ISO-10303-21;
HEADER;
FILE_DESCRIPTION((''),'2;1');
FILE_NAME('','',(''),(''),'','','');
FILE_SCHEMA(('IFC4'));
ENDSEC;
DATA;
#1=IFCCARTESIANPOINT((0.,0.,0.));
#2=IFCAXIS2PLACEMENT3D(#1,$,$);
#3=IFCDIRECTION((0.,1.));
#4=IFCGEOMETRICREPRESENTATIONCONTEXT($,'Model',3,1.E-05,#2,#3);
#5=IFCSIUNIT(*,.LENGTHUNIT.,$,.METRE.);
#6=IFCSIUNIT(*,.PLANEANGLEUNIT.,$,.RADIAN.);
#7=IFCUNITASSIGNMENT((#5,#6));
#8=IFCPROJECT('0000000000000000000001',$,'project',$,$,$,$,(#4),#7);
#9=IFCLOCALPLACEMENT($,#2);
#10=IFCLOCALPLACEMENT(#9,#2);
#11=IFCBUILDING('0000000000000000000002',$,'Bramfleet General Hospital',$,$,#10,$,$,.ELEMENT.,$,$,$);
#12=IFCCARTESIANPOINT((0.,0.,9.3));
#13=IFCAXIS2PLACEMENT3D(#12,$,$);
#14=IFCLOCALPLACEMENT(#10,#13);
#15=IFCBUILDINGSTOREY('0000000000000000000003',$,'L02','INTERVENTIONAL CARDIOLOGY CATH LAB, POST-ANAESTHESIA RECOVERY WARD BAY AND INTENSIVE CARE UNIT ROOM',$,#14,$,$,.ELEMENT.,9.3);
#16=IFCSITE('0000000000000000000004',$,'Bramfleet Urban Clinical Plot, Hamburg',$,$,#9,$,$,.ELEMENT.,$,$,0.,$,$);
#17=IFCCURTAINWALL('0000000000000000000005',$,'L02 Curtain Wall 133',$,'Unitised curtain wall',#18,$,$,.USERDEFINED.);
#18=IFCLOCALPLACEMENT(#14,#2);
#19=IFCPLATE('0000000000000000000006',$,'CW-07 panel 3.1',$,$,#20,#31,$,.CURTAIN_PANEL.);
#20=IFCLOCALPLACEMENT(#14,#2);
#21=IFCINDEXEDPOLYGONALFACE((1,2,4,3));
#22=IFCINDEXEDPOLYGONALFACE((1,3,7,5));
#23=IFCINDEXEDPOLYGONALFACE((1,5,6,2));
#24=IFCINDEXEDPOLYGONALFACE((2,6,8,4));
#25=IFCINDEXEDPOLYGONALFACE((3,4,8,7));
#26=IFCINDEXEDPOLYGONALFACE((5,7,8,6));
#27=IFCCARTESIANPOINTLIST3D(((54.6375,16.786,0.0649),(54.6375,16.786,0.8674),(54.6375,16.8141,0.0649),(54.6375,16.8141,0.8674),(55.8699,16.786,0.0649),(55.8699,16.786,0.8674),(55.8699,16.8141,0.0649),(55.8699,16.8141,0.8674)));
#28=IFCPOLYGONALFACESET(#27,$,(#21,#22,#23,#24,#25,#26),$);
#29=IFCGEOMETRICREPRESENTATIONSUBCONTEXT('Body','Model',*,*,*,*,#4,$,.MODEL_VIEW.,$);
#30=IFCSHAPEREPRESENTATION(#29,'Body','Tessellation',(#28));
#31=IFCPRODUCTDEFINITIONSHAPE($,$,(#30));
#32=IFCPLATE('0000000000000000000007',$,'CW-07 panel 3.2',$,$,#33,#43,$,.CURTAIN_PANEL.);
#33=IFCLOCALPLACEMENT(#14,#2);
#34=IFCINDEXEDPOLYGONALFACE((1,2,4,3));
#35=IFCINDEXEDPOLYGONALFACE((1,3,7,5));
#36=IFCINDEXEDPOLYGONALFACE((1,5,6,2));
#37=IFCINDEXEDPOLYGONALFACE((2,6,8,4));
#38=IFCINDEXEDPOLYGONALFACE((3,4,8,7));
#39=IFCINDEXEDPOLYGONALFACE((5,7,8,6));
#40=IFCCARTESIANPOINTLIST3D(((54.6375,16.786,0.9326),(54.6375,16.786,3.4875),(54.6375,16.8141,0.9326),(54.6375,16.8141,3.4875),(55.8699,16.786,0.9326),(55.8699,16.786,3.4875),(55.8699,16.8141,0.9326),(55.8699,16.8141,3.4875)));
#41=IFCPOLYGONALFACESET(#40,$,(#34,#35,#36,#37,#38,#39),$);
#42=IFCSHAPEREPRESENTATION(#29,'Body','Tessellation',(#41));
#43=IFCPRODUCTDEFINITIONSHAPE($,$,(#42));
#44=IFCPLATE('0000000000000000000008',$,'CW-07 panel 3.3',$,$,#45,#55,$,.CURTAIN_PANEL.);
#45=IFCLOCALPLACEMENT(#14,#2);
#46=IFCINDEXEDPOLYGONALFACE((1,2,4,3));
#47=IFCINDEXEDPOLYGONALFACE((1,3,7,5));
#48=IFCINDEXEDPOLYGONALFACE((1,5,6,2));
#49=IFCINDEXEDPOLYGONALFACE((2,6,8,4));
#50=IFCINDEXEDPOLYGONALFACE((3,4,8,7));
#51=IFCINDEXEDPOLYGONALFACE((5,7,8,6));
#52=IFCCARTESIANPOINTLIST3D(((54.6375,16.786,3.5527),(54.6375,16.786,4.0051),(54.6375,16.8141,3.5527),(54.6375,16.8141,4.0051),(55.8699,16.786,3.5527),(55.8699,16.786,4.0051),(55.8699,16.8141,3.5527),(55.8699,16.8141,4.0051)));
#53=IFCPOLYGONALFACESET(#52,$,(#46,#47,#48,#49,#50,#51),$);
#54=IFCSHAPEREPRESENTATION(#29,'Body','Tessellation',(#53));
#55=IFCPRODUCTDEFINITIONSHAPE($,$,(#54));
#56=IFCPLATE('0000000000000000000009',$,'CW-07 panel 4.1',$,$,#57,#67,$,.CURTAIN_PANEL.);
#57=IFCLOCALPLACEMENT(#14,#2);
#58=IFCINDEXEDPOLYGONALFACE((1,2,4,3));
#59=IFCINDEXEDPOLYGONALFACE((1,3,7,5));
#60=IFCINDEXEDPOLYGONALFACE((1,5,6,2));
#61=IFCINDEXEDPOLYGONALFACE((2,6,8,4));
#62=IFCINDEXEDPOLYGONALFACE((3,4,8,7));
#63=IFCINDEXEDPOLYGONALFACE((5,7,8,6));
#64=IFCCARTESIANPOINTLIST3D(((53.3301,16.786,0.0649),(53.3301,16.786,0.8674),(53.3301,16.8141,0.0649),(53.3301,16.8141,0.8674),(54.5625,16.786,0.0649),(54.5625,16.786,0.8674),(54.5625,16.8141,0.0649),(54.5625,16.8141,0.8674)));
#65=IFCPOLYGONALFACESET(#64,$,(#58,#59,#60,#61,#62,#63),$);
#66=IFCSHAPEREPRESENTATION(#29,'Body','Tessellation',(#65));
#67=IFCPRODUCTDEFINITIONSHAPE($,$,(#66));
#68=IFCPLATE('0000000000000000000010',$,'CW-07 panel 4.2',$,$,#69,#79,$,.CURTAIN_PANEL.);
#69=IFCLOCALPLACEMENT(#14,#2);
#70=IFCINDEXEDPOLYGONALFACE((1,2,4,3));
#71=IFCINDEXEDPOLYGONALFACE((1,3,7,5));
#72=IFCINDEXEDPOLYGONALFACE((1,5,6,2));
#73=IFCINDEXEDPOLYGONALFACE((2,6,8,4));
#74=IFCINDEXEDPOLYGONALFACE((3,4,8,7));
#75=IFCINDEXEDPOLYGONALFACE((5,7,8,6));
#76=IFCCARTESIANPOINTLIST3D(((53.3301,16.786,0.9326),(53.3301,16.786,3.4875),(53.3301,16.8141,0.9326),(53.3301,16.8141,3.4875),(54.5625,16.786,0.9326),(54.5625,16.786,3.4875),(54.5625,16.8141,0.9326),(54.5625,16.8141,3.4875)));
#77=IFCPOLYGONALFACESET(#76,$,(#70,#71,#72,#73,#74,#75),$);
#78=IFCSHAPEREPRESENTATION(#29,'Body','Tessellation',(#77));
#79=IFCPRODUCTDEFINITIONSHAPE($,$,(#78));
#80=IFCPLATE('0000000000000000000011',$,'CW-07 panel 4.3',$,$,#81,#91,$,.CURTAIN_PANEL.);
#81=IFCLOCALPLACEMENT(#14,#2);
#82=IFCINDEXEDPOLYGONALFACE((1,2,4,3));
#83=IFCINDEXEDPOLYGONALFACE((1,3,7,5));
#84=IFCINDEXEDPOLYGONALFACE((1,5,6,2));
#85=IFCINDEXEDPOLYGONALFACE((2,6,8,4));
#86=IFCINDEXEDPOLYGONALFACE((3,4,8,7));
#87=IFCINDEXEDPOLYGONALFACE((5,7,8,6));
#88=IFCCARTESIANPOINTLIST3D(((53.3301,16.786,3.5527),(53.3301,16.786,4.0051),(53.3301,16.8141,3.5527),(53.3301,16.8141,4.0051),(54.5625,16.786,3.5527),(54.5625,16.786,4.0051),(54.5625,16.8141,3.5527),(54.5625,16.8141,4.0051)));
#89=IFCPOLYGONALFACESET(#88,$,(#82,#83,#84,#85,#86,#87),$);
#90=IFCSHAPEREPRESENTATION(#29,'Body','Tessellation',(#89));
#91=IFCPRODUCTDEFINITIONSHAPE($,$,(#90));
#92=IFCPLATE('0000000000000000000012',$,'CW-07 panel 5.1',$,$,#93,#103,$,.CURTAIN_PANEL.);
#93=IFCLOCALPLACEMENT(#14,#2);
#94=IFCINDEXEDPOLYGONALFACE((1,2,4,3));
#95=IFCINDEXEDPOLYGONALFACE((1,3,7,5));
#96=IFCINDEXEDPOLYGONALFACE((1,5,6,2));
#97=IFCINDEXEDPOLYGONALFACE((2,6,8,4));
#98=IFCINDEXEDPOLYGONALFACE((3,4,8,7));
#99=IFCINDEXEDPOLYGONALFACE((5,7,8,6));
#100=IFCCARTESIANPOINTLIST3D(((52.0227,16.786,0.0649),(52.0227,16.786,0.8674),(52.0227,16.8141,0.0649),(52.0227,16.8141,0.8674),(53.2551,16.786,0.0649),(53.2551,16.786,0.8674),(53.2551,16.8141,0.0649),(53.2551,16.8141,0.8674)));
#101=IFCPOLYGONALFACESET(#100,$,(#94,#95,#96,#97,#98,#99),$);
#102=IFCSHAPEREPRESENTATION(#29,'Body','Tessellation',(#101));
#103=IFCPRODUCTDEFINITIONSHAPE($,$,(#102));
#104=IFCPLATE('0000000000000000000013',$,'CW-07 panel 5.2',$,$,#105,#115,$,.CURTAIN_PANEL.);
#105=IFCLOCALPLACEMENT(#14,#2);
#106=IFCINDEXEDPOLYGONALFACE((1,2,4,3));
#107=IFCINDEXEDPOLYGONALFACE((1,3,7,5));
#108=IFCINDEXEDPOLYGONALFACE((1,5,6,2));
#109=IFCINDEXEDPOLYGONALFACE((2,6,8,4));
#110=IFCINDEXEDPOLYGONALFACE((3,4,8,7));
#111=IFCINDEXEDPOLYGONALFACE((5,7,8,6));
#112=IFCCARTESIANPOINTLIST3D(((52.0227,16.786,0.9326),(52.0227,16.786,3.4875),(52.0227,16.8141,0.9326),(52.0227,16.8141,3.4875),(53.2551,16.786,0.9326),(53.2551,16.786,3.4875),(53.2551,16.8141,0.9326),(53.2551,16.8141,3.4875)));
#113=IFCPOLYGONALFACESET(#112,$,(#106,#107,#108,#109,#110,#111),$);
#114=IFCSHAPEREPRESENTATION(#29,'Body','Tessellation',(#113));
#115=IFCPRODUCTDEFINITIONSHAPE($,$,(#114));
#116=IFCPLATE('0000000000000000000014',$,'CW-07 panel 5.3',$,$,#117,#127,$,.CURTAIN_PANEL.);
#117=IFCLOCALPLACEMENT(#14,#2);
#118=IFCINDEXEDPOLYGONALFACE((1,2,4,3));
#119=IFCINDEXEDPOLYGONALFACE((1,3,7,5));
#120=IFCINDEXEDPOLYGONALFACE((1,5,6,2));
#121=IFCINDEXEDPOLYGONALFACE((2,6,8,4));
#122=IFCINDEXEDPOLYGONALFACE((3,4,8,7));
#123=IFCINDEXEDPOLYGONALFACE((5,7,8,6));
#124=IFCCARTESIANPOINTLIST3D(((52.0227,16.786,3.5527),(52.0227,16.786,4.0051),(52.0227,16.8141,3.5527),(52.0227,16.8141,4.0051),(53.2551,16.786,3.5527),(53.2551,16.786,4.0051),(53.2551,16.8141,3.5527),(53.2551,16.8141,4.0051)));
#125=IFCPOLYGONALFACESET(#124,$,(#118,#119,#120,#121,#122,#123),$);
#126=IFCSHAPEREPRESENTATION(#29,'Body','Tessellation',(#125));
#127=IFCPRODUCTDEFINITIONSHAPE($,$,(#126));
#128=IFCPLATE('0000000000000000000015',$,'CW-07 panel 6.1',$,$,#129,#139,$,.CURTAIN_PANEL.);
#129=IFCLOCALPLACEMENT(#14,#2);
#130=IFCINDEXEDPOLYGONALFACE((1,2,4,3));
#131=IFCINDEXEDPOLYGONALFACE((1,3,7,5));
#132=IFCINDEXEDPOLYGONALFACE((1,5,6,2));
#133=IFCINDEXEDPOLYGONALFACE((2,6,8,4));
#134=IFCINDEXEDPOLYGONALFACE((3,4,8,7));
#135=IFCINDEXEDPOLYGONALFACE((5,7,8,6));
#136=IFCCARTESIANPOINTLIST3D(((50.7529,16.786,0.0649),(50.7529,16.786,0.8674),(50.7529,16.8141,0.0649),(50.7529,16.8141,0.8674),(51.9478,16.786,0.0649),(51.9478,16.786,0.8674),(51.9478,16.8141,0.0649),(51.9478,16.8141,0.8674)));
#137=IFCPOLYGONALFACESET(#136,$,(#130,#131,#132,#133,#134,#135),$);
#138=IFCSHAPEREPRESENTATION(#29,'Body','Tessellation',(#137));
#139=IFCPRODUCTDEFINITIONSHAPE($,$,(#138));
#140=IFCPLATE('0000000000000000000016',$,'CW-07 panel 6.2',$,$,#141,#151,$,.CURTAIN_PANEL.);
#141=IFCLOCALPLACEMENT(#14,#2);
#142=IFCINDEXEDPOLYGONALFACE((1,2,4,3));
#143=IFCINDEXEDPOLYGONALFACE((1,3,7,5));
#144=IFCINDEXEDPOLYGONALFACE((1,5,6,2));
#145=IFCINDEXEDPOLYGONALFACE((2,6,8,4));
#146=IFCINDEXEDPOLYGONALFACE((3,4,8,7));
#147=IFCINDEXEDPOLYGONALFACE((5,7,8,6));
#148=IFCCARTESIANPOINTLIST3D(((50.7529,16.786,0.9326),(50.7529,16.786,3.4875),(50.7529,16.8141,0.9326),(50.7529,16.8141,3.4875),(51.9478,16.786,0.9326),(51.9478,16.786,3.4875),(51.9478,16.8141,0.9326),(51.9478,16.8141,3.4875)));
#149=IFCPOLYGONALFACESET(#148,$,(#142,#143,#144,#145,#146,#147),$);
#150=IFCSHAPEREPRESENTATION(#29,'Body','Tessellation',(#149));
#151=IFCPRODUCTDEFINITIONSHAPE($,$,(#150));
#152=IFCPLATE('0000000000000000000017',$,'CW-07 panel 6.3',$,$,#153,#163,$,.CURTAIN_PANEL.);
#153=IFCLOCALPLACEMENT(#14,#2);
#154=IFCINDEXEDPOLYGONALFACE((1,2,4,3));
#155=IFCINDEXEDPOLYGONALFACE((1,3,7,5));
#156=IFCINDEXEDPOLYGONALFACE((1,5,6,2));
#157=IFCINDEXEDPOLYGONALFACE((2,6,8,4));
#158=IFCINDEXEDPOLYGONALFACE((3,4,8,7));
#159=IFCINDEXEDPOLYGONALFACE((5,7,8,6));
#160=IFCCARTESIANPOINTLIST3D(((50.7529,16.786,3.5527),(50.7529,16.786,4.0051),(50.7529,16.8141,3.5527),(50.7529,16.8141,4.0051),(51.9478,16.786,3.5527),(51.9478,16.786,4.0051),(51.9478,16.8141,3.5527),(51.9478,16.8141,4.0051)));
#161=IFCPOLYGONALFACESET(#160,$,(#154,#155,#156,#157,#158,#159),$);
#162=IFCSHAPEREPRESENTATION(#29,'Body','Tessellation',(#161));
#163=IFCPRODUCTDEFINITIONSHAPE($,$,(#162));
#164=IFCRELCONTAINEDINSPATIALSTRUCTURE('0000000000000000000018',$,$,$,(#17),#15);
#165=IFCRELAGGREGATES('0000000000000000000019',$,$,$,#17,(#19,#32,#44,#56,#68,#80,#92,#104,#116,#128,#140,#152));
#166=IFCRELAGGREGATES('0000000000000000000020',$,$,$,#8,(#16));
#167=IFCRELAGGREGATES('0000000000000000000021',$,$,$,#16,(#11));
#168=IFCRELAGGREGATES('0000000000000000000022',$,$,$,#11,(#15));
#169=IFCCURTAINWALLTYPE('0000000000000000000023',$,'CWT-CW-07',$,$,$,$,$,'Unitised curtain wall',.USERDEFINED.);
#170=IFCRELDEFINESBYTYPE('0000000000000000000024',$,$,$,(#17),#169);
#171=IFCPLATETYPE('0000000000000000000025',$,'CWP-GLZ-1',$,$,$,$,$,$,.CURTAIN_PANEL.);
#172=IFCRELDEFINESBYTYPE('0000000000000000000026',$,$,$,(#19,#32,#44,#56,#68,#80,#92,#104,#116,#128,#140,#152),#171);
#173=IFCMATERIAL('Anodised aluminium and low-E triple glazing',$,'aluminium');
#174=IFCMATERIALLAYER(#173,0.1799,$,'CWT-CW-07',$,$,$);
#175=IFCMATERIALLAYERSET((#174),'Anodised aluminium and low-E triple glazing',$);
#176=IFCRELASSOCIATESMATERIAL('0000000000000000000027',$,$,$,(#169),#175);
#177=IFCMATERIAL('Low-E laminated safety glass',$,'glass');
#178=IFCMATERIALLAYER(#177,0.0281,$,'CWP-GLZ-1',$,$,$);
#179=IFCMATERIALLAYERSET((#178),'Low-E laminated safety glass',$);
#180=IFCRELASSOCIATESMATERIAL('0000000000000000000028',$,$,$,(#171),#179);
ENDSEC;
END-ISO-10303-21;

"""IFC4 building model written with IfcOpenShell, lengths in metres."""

from ifc_helpers import new_model, si_unit, direction, frame, origin, origin_2d, place, context, subcontext, project, spatial, rectangle, extrude, material, layer, layer_set, type_object, element, aggregate, save


model = new_model("IFC4")

# Units and contexts
model_context = context("Model", 3, precision=1e-05, world=origin(), true_north=direction((0.0, 1.0)))
body_context = subcontext(model_context, "Body", "Model", "MODEL_VIEW")
ifc_project = project(units=[si_unit("LENGTHUNIT", "METRE"), si_unit("PLANEANGLEUNIT", "RADIAN")], contexts=[model_context])

# Site, building, storey
site_placement = place(None, origin())
site = spatial("IfcSite", under=ifc_project, at=site_placement, Name="Bramfleet Urban Clinical Plot, Hamburg", CompositionType="ELEMENT", RefElevation=0.0)
building_placement = place(site_placement, origin())
building = spatial("IfcBuilding", under=site, at=building_placement, Name="Bramfleet General Hospital", CompositionType="ELEMENT")
storey_placement = place(building_placement, frame((0.0, 0.0, 9.3)))
storey = spatial("IfcBuildingStorey", under=building, at=storey_placement, Name="L02", Description="INTERVENTIONAL CARDIOLOGY CATH LAB, POST-ANAESTHESIA RECOVERY WARD BAY AND INTENSIVE CARE UNIT ROOM", CompositionType="ELEMENT", Elevation=9.3)

# Curtain wall, plates
ifc_material_1 = material(Name="Anodised aluminium and low-E triple glazing", Category="aluminium")
ifc_layer_1 = layer(ifc_material_1, 0.1799, Name="CWT-CW-07")
ifc_layer_set_1 = layer_set([ifc_layer_1], Name="Anodised aluminium and low-E triple glazing")
curtain_wall_type = type_object("IfcCurtainWallType", Name="CWT-CW-07", ElementType="Unitised curtain wall", PredefinedType="USERDEFINED", material=ifc_layer_set_1)
curtain_wall_placement = place(storey_placement, origin())
curtain_wall = element("IfcCurtainWall", 1, at=curtain_wall_placement, inside=storey, type_object=curtain_wall_type, Name="L02 Curtain Wall 133", ObjectType="Unitised curtain wall", PredefinedType="USERDEFINED")
ifc_material_2 = material(Name="Low-E laminated safety glass", Category="glass")
ifc_layer_2 = layer(ifc_material_2, 0.0281, Name="CWP-GLZ-1")
ifc_layer_set_2 = layer_set([ifc_layer_2], Name="Low-E laminated safety glass")
plate_type = type_object("IfcPlateType", Name="CWP-GLZ-1", PredefinedType="CURTAIN_PANEL", material=ifc_layer_set_2)
plate_1_placement = place(storey_placement, frame((55.2537, 16.8, 0.0649), z_axis=(0.0, 0.0, 1.0), x_axis=(-1.0, 0.0, 0.0)))
plate_1 = element("IfcPlate", 2, at=plate_1_placement, type_object=plate_type, Name="CW-07 panel 3.1", PredefinedType="CURTAIN_PANEL", context=body_context, shape_type="SweptSolid", body=[
    extrude(rectangle(XDim=1.2324, YDim=0.0281, at=origin_2d()), origin(), (0.0, 0.0, 1.0), 0.8025),
])
plate_2_placement = place(storey_placement, frame((55.2537, 16.8, 0.9326), z_axis=(0.0, 0.0, 1.0), x_axis=(-1.0, 0.0, 0.0)))
plate_2 = element("IfcPlate", 3, at=plate_2_placement, type_object=plate_type, Name="CW-07 panel 3.2", PredefinedType="CURTAIN_PANEL", context=body_context, shape_type="SweptSolid", body=[
    extrude(rectangle(XDim=1.2324, YDim=0.0281, at=origin_2d()), origin(), (0.0, 0.0, 1.0), 2.5549),
])
plate_3_placement = place(storey_placement, frame((55.2537, 16.8, 3.5527), z_axis=(0.0, 0.0, 1.0), x_axis=(-1.0, 0.0, 0.0)))
plate_3 = element("IfcPlate", 4, at=plate_3_placement, type_object=plate_type, Name="CW-07 panel 3.3", PredefinedType="CURTAIN_PANEL", context=body_context, shape_type="SweptSolid", body=[
    extrude(rectangle(XDim=1.2324, YDim=0.0281, at=origin_2d()), origin(), (0.0, 0.0, 1.0), 0.4524),
])
plate_4_placement = place(storey_placement, frame((53.9463, 16.8, 0.0649), z_axis=(0.0, 0.0, 1.0), x_axis=(-1.0, 0.0, 0.0)))
plate_4 = element("IfcPlate", 5, at=plate_4_placement, type_object=plate_type, Name="CW-07 panel 4.1", PredefinedType="CURTAIN_PANEL", context=body_context, shape_type="SweptSolid", body=[
    extrude(rectangle(XDim=1.2324, YDim=0.0281, at=origin_2d()), origin(), (0.0, 0.0, 1.0), 0.8025),
])
plate_5_placement = place(storey_placement, frame((53.9463, 16.8, 0.9326), z_axis=(0.0, 0.0, 1.0), x_axis=(-1.0, 0.0, 0.0)))
plate_5 = element("IfcPlate", 6, at=plate_5_placement, type_object=plate_type, Name="CW-07 panel 4.2", PredefinedType="CURTAIN_PANEL", context=body_context, shape_type="SweptSolid", body=[
    extrude(rectangle(XDim=1.2324, YDim=0.0281, at=origin_2d()), origin(), (0.0, 0.0, 1.0), 2.5549),
])
plate_6_placement = place(storey_placement, frame((53.9463, 16.8, 3.5527), z_axis=(0.0, 0.0, 1.0), x_axis=(-1.0, 0.0, 0.0)))
plate_6 = element("IfcPlate", 7, at=plate_6_placement, type_object=plate_type, Name="CW-07 panel 4.3", PredefinedType="CURTAIN_PANEL", context=body_context, shape_type="SweptSolid", body=[
    extrude(rectangle(XDim=1.2324, YDim=0.0281, at=origin_2d()), origin(), (0.0, 0.0, 1.0), 0.4524),
])
plate_7_placement = place(storey_placement, frame((52.6389, 16.8, 0.0649), z_axis=(0.0, 0.0, 1.0), x_axis=(-1.0, 0.0, 0.0)))
plate_7 = element("IfcPlate", 8, at=plate_7_placement, type_object=plate_type, Name="CW-07 panel 5.1", PredefinedType="CURTAIN_PANEL", context=body_context, shape_type="SweptSolid", body=[
    extrude(rectangle(XDim=1.2324, YDim=0.0281, at=origin_2d()), origin(), (0.0, 0.0, 1.0), 0.8025),
])
plate_8_placement = place(storey_placement, frame((52.6389, 16.8, 0.9326), z_axis=(0.0, 0.0, 1.0), x_axis=(-1.0, 0.0, 0.0)))
plate_8 = element("IfcPlate", 9, at=plate_8_placement, type_object=plate_type, Name="CW-07 panel 5.2", PredefinedType="CURTAIN_PANEL", context=body_context, shape_type="SweptSolid", body=[
    extrude(rectangle(XDim=1.2324, YDim=0.0281, at=origin_2d()), origin(), (0.0, 0.0, 1.0), 2.5549),
])
plate_9_placement = place(storey_placement, frame((52.6389, 16.8, 3.5527), z_axis=(0.0, 0.0, 1.0), x_axis=(-1.0, 0.0, 0.0)))
plate_9 = element("IfcPlate", 10, at=plate_9_placement, type_object=plate_type, Name="CW-07 panel 5.3", PredefinedType="CURTAIN_PANEL", context=body_context, shape_type="SweptSolid", body=[
    extrude(rectangle(XDim=1.2324, YDim=0.0281, at=origin_2d()), origin(), (0.0, 0.0, 1.0), 0.4524),
])
plate_10_placement = place(storey_placement, frame((51.3503, 16.8, 0.0649), z_axis=(0.0, 0.0, 1.0), x_axis=(-1.0, 0.0, 0.0)))
plate_10 = element("IfcPlate", 11, at=plate_10_placement, type_object=plate_type, Name="CW-07 panel 6.1", PredefinedType="CURTAIN_PANEL", context=body_context, shape_type="SweptSolid", body=[
    extrude(rectangle(XDim=1.1948, YDim=0.0281, at=origin_2d()), origin(), (0.0, 0.0, 1.0), 0.8025),
])
plate_11_placement = place(storey_placement, frame((51.3503, 16.8, 0.9326), z_axis=(0.0, 0.0, 1.0), x_axis=(-1.0, 0.0, 0.0)))
plate_11 = element("IfcPlate", 12, at=plate_11_placement, type_object=plate_type, Name="CW-07 panel 6.2", PredefinedType="CURTAIN_PANEL", context=body_context, shape_type="SweptSolid", body=[
    extrude(rectangle(XDim=1.1948, YDim=0.0281, at=origin_2d()), origin(), (0.0, 0.0, 1.0), 2.5549),
])
plate_12_placement = place(storey_placement, frame((51.3503, 16.8, 3.5527), z_axis=(0.0, 0.0, 1.0), x_axis=(-1.0, 0.0, 0.0)))
plate_12 = element("IfcPlate", 13, at=plate_12_placement, type_object=plate_type, Name="CW-07 panel 6.3", PredefinedType="CURTAIN_PANEL", context=body_context, shape_type="SweptSolid", body=[
    extrude(rectangle(XDim=1.1948, YDim=0.0281, at=origin_2d()), origin(), (0.0, 0.0, 1.0), 0.4524),
])
aggregate(curtain_wall, [plate_1, plate_2, plate_3, plate_4, plate_5, plate_6, plate_7, plate_8, plate_9, plate_10, plate_11, plate_12])

save(model, "model.ifc")
